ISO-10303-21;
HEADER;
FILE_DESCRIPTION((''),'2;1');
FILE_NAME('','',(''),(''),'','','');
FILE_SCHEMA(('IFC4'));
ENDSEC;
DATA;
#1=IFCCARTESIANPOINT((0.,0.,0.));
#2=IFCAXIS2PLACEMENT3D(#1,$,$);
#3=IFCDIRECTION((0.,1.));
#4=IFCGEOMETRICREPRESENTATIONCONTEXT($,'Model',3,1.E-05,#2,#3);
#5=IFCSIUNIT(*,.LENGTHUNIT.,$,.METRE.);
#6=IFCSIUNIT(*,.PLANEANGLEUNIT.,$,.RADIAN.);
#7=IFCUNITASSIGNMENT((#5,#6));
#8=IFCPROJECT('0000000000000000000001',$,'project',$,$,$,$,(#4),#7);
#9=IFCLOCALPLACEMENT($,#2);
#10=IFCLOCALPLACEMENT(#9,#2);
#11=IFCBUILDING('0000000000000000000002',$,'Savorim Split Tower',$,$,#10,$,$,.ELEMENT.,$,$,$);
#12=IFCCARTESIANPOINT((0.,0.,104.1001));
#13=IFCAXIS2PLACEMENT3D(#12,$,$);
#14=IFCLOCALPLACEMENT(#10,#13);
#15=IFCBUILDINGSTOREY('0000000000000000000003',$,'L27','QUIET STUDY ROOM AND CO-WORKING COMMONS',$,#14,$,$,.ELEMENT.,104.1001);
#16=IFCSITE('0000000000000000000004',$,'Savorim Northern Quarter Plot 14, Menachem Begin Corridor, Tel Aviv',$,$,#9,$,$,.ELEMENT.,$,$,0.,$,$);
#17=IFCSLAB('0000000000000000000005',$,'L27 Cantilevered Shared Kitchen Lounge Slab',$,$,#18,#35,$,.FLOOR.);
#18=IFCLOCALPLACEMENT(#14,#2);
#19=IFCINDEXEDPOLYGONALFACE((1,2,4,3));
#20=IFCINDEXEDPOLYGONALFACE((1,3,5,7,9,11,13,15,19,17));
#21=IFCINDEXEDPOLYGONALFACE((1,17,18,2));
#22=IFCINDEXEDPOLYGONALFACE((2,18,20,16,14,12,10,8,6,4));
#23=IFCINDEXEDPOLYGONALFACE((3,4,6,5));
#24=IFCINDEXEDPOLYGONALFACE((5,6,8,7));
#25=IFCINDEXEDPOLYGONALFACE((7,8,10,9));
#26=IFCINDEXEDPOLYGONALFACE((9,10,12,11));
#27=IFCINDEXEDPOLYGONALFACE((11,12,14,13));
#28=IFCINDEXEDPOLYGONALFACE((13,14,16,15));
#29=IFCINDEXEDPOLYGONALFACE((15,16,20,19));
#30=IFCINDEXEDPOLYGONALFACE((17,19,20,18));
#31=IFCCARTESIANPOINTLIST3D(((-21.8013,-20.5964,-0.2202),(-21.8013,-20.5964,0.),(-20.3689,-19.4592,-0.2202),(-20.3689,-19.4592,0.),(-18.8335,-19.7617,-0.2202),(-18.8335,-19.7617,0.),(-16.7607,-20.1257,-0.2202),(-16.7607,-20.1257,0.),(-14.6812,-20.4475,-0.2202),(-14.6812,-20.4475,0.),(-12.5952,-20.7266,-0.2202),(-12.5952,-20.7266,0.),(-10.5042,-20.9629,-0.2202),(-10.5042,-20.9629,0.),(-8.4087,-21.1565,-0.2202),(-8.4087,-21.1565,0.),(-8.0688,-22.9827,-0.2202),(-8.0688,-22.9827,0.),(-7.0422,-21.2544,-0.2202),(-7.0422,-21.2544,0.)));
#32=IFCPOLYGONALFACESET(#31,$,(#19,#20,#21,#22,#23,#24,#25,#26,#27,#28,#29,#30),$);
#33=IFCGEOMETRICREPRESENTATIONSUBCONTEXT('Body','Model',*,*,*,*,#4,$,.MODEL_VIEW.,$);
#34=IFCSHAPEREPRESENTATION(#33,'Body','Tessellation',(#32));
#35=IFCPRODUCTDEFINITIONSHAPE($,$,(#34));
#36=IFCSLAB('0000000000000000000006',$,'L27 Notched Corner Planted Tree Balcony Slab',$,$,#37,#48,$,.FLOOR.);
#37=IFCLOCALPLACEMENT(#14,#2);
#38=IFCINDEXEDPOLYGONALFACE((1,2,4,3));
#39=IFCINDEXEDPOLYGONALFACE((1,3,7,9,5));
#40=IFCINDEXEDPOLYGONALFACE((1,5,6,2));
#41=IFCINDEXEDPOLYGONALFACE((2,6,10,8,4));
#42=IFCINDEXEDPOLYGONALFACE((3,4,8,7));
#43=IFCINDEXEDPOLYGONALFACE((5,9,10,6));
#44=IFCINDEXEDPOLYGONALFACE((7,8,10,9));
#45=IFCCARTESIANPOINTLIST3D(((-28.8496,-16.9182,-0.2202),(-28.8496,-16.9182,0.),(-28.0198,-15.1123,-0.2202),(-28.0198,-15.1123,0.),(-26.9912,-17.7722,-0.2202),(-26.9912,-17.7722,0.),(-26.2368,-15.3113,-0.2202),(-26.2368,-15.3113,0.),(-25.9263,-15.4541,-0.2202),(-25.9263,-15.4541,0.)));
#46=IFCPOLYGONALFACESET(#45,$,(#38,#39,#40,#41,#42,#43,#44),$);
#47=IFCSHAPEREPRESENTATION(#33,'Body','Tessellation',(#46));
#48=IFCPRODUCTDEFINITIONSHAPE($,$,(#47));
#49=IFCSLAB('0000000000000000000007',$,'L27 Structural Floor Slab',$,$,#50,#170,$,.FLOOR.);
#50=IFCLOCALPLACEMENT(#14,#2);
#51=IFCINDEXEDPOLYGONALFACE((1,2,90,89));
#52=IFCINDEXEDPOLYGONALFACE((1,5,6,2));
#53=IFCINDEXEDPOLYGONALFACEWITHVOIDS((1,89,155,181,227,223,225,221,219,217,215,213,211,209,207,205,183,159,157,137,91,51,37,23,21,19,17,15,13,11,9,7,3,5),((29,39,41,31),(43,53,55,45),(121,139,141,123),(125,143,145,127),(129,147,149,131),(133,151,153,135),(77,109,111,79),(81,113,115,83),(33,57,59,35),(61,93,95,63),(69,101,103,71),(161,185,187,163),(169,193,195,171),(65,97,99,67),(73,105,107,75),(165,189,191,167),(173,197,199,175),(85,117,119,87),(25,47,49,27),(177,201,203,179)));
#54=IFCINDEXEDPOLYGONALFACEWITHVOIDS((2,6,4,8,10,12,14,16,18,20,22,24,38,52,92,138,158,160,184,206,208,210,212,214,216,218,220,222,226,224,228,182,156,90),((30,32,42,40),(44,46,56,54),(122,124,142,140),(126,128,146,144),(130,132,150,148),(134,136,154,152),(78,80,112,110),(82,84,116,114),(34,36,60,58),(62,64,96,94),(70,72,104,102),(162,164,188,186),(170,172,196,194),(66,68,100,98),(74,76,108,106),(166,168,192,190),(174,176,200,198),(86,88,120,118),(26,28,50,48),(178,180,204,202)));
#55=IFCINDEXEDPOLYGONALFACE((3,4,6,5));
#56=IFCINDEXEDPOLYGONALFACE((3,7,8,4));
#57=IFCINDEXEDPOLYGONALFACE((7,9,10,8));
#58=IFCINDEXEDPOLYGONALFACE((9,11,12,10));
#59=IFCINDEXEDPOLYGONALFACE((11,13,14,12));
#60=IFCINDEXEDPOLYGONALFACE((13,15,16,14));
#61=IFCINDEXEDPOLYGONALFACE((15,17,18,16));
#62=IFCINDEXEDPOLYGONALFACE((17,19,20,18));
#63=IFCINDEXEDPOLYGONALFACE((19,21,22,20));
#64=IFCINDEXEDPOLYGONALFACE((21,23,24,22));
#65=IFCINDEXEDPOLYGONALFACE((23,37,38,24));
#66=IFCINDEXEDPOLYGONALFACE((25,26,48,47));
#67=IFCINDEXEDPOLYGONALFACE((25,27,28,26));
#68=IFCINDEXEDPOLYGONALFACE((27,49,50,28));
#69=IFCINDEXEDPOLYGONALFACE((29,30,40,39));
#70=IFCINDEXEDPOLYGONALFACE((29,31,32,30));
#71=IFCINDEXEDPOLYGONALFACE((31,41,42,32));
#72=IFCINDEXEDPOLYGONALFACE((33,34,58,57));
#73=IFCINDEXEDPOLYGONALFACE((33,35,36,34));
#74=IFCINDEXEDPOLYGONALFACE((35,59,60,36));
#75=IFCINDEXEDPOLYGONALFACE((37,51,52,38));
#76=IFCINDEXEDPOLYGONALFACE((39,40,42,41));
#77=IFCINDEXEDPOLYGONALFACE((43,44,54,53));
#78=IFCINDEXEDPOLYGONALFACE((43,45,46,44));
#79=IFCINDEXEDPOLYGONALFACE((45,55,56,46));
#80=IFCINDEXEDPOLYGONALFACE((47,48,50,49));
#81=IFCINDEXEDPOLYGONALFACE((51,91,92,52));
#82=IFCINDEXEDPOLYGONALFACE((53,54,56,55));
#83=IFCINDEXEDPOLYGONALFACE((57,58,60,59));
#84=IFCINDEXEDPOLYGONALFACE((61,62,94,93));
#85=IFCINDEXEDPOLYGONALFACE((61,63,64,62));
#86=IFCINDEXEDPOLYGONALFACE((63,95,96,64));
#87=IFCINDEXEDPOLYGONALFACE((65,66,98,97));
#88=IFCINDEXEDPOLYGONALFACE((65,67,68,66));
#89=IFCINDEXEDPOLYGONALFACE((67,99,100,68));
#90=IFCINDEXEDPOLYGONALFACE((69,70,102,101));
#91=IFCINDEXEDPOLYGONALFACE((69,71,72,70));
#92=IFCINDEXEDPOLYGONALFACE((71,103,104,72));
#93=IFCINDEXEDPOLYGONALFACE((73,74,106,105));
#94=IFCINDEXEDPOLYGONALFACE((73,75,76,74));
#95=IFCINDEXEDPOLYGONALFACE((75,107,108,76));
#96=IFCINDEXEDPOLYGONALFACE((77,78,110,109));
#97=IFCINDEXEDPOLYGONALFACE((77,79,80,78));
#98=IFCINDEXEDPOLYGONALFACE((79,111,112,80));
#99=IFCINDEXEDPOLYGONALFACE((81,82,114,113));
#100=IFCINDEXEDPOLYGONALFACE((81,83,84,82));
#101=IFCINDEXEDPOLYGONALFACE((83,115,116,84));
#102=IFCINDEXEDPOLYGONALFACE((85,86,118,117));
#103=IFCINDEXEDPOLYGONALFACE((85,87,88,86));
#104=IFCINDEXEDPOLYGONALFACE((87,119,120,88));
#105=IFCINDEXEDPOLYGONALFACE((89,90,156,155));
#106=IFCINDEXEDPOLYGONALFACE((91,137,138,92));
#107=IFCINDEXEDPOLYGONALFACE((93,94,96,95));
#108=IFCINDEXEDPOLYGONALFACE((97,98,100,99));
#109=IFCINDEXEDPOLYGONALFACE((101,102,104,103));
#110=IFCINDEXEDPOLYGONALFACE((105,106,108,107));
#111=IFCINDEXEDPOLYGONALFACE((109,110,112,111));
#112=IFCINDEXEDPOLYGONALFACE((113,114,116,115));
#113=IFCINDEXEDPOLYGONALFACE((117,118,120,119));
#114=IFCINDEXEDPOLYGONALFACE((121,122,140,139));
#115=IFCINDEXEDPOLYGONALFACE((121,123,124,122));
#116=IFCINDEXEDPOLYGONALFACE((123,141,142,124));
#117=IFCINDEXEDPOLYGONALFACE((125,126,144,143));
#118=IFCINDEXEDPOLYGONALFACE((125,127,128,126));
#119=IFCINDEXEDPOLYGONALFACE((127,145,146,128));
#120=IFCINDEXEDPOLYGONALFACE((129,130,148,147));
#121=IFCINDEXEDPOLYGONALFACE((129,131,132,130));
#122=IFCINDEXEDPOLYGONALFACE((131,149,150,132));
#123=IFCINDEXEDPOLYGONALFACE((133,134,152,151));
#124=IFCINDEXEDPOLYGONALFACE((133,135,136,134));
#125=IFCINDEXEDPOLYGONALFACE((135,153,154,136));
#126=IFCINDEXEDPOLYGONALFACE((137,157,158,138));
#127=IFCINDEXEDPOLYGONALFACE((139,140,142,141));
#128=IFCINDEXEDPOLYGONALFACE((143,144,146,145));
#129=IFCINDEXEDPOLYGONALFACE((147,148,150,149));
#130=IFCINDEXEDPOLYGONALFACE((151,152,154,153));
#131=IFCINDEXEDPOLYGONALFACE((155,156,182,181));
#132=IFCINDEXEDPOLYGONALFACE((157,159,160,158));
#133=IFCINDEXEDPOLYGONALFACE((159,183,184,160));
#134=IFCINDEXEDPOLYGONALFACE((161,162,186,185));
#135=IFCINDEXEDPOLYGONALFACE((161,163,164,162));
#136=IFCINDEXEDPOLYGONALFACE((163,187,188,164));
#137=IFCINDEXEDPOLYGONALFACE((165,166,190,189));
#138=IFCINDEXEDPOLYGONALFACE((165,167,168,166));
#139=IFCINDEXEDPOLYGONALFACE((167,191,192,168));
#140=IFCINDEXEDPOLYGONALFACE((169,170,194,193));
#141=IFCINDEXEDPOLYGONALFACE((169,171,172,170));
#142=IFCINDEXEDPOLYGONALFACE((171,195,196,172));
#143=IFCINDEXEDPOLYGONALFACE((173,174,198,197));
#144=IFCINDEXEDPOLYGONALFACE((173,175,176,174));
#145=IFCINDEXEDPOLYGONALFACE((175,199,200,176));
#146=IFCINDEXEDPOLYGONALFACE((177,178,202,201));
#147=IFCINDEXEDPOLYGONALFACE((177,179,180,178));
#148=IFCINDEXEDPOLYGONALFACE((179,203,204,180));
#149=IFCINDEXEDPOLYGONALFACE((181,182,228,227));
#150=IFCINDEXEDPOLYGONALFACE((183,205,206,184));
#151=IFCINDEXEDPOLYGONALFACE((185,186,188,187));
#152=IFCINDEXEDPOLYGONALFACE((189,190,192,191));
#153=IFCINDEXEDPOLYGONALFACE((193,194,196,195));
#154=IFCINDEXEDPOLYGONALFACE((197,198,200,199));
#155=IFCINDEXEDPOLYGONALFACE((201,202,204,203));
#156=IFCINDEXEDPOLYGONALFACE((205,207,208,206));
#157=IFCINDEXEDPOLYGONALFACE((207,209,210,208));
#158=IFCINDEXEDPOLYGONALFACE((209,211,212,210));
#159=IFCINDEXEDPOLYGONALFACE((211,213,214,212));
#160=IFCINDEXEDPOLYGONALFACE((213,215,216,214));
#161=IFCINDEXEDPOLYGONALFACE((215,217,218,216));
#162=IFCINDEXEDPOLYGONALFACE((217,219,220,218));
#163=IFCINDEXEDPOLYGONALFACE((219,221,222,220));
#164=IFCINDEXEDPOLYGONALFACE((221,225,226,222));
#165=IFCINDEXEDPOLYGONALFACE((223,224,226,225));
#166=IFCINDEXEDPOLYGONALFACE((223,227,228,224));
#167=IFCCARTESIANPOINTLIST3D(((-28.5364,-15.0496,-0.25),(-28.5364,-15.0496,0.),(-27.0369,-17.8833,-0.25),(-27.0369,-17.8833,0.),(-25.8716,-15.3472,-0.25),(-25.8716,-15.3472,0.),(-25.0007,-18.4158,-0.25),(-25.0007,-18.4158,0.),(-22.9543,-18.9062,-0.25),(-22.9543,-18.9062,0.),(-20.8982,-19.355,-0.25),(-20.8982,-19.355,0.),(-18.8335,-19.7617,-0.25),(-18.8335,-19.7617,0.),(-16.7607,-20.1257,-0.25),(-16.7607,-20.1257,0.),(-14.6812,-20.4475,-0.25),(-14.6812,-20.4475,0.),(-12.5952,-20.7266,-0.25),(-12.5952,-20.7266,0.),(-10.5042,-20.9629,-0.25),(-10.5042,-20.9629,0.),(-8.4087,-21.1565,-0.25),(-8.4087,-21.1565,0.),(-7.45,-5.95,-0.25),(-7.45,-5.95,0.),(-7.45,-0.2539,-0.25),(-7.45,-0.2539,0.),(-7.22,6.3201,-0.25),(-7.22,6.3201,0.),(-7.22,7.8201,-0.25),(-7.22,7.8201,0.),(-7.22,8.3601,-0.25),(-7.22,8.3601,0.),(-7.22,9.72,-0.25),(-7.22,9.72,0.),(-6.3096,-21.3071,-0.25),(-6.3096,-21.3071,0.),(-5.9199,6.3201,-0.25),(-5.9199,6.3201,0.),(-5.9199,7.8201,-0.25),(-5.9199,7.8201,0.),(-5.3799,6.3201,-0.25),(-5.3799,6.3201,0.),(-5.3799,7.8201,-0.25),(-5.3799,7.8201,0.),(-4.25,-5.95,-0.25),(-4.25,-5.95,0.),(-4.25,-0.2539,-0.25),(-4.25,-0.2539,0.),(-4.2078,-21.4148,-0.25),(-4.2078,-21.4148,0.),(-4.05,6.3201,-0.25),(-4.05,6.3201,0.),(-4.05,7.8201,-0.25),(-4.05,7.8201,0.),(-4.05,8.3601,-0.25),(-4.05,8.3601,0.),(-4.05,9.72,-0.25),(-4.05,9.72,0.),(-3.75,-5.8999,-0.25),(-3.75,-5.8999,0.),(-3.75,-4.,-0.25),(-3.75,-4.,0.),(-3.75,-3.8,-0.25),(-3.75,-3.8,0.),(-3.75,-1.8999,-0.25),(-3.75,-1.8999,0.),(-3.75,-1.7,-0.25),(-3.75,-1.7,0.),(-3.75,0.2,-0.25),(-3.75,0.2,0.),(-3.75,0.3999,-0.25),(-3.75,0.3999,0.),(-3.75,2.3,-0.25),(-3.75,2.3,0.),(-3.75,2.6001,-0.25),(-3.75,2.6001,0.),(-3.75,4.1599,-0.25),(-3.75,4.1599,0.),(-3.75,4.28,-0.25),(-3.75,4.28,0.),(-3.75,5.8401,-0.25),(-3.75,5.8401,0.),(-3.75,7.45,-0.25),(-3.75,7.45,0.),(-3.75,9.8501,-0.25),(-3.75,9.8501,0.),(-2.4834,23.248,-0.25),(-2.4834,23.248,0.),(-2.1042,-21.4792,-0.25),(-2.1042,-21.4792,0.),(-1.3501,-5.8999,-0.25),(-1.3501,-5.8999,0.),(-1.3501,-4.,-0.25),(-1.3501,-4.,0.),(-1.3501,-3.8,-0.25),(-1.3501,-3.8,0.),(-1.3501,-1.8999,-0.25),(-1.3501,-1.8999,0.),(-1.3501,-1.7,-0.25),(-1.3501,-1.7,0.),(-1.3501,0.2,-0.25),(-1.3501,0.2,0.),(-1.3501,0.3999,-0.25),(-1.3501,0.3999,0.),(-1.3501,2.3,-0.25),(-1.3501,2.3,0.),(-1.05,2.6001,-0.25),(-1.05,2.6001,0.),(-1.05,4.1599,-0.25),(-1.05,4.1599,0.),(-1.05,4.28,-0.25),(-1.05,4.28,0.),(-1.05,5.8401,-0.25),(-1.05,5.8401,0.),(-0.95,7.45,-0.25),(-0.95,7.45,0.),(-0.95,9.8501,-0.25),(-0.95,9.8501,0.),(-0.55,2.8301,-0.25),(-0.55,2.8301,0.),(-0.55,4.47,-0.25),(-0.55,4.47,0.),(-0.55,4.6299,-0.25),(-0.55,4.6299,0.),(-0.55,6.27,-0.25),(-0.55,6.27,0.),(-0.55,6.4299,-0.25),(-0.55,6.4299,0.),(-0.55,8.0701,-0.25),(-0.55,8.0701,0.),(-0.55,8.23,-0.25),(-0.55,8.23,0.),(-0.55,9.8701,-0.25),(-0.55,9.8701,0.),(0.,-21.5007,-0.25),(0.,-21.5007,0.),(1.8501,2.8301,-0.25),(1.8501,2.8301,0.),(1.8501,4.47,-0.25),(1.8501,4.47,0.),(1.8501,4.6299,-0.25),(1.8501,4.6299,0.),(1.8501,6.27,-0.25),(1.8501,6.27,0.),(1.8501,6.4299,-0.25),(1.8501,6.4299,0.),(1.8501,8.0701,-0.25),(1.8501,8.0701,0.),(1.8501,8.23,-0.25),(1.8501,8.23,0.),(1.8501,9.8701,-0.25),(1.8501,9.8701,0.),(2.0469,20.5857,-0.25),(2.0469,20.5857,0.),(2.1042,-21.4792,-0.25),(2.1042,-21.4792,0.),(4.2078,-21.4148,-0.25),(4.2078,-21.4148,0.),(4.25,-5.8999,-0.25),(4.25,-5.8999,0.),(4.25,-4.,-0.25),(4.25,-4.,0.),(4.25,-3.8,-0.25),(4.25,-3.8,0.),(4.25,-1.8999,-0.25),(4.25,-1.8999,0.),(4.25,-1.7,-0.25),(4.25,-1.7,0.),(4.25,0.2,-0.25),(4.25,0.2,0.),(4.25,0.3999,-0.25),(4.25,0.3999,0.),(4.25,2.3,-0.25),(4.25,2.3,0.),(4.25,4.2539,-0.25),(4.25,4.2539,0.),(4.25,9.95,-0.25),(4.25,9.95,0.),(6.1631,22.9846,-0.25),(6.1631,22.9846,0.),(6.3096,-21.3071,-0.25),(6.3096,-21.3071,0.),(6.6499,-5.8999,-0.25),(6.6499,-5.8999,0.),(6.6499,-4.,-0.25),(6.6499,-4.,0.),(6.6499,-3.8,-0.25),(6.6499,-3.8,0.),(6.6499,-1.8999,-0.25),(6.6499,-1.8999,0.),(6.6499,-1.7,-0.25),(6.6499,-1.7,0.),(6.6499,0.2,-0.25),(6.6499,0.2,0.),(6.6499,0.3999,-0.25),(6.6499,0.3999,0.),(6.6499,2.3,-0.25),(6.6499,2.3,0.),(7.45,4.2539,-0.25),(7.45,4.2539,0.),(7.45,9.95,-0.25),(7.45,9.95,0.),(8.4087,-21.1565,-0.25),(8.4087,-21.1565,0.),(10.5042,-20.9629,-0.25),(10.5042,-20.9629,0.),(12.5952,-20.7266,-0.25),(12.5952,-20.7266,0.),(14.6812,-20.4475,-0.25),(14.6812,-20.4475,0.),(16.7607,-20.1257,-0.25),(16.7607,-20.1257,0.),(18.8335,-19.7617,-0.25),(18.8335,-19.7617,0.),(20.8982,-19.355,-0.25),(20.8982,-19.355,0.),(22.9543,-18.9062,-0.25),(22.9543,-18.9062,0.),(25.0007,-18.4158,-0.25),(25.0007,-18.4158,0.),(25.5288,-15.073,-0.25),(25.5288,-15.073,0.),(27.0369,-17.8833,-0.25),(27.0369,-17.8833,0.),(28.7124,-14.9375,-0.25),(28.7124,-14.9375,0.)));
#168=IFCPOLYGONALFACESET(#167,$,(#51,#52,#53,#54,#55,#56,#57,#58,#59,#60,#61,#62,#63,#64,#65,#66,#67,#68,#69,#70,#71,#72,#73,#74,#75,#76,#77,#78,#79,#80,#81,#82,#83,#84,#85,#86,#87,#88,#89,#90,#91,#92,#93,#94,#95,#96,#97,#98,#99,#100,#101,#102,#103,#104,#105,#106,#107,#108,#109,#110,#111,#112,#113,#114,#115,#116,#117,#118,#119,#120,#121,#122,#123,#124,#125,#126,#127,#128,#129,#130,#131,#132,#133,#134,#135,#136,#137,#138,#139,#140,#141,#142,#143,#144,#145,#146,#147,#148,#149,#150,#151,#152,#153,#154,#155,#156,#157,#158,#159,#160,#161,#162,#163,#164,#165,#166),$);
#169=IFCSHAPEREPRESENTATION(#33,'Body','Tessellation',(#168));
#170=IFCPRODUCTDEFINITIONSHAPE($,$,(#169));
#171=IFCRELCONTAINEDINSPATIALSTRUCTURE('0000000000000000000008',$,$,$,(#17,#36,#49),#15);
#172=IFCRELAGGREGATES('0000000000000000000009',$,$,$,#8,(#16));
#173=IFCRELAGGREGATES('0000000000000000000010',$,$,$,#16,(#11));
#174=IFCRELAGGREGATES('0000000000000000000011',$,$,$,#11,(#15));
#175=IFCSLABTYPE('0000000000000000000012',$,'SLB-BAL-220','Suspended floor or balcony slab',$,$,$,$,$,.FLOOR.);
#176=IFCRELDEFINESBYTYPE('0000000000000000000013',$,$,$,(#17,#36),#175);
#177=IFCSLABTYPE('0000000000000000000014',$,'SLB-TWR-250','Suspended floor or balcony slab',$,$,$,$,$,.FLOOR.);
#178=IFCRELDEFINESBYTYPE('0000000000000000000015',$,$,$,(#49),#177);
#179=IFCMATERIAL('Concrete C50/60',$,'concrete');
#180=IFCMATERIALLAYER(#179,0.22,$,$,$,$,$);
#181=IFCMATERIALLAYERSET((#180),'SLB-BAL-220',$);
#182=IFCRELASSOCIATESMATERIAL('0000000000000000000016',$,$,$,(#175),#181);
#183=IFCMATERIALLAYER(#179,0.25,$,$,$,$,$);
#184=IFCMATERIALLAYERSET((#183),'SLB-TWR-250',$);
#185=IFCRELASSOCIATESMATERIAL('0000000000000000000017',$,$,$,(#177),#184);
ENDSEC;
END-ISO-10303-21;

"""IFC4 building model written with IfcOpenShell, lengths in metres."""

from ifc_helpers import new_model, si_unit, direction, frame, origin, place, context, subcontext, project, spatial, polyline, outline, extrude, material, layer, layer_set, type_object, element, save


model = new_model("IFC4")

# Units and contexts
model_context = context("Model", 3, precision=1e-05, world=origin(), true_north=direction((0.0, 1.0)))
body_context = subcontext(model_context, "Body", "Model", "MODEL_VIEW")
ifc_project = project(units=[si_unit("LENGTHUNIT", "METRE"), si_unit("PLANEANGLEUNIT", "RADIAN")], contexts=[model_context])

# Site, building, storey
site_placement = place(None, origin())
site = spatial("IfcSite", under=ifc_project, at=site_placement, Name="Savorim Northern Quarter Plot 14, Menachem Begin Corridor, Tel Aviv", CompositionType="ELEMENT", RefElevation=0.0)
building_placement = place(site_placement, origin())
building = spatial("IfcBuilding", under=site, at=building_placement, Name="Savorim Split Tower", CompositionType="ELEMENT")
storey_placement = place(building_placement, frame((0.0, 0.0, 104.1001)))
storey = spatial("IfcBuildingStorey", under=building, at=storey_placement, Name="L27", Description="QUIET STUDY ROOM AND CO-WORKING COMMONS", CompositionType="ELEMENT", Elevation=104.1001)

# Slabs
ifc_material_1 = material(Name="Concrete C50/60", Category="concrete")
ifc_layer_1 = layer(ifc_material_1, 0.22)
ifc_layer_set_1 = layer_set([ifc_layer_1], Name="SLB-BAL-220")
slab_type_1 = type_object("IfcSlabType", Name="SLB-BAL-220", Description="Suspended floor or balcony slab", PredefinedType="FLOOR", material=ifc_layer_set_1)
slab_1_placement = place(storey_placement, frame((0.0, 0.0, -0.2202)))
element("IfcSlab", 1, at=slab_1_placement, inside=storey, type_object=slab_type_1, Name="L27 Cantilevered Shared Kitchen Lounge Slab", PredefinedType="FLOOR", context=body_context, shape_type="SweptSolid", body=[
    extrude(outline(polyline([(-7.0422, -21.2544), (-8.4087, -21.1565), (-10.5042, -20.9629), (-12.5952, -20.7266), (-14.6812, -20.4475), (-16.7607, -20.1257), (-18.8335, -19.7617), (-20.3689, -19.4592), (-21.8013, -20.5964), (-8.0688, -22.9827), (-7.0422, -21.2544)])), origin(), (0.0, 0.0, 1.0), 0.2202),
])
slab_2_placement = place(storey_placement, frame((0.0, 0.0, -0.2202)))
element("IfcSlab", 2, at=slab_2_placement, inside=storey, type_object=slab_type_1, Name="L27 Notched Corner Planted Tree Balcony Slab", PredefinedType="FLOOR", context=body_context, shape_type="SweptSolid", body=[
    extrude(outline(polyline([(-26.9912, -17.7722), (-25.9263, -15.4541), (-26.2368, -15.3113), (-28.0198, -15.1123), (-28.8496, -16.9182), (-26.9912, -17.7722)])), origin(), (0.0, 0.0, 1.0), 0.2202),
])
ifc_layer_2 = layer(ifc_material_1, 0.25)
ifc_layer_set_2 = layer_set([ifc_layer_2], Name="SLB-TWR-250")
slab_type_2 = type_object("IfcSlabType", Name="SLB-TWR-250", Description="Suspended floor or balcony slab", PredefinedType="FLOOR", material=ifc_layer_set_2)
slab_3_placement = place(storey_placement, frame((0.0, 0.0, -0.25)))
element("IfcSlab", 3, at=slab_3_placement, inside=storey, type_object=slab_type_2, Name="L27 Structural Floor Slab", PredefinedType="FLOOR", context=body_context, shape_type="SweptSolid", body=[
    extrude(outline(polyline([(-27.0369, -17.8833), (-25.0007, -18.4158), (-22.9543, -18.9062), (-20.8982, -19.355), (-18.8335, -19.7617), (-16.7607, -20.1257), (-14.6812, -20.4475), (-12.5952, -20.7266), (-10.5042, -20.9629), (-8.4087, -21.1565), (-6.3096, -21.3071), (-4.2078, -21.4148), (-2.1042, -21.4792), (0.0, -21.5007), (2.1042, -21.4792), (4.2078, -21.4148), (6.3096, -21.3071), (8.4087, -21.1565), (10.5042, -20.9629), (12.5952, -20.7266), (14.6812, -20.4475), (16.7607, -20.1257), (18.8335, -19.7617), (20.8982, -19.355), (22.9543, -18.9062), (25.0007, -18.4158), (27.0369, -17.8833), (25.5288, -15.073), (28.7124, -14.9375), (6.1631, 22.9846), (2.0469, 20.5857), (-2.4834, 23.248), (-28.5364, -15.0496), (-25.8716, -15.3472), (-27.0369, -17.8833)]), holes=[polyline([(-7.45, -0.2539), (-7.45, -5.95), (-4.25, -5.95), (-4.25, -0.2539), (-7.45, -0.2539)]), polyline([(7.45, 4.2539), (7.45, 9.95), (4.25, 9.95), (4.25, 4.2539), (7.45, 4.2539)]), polyline([(4.25, -5.8999), (6.6499, -5.8999), (6.6499, -4.0), (4.25, -4.0), (4.25, -5.8999)]), polyline([(4.25, -3.8), (6.6499, -3.8), (6.6499, -1.8999), (4.25, -1.8999), (4.25, -3.8)]), polyline([(4.25, -1.7), (6.6499, -1.7), (6.6499, 0.2), (4.25, 0.2), (4.25, -1.7)]), polyline([(4.25, 0.3999), (6.6499, 0.3999), (6.6499, 2.3), (4.25, 2.3), (4.25, 0.3999)]), polyline([(-3.75, -5.8999), (-1.3501, -5.8999), (-1.3501, -4.0), (-3.75, -4.0), (-3.75, -5.8999)]), polyline([(-3.75, -3.8), (-1.3501, -3.8), (-1.3501, -1.8999), (-3.75, -1.8999), (-3.75, -3.8)]), polyline([(-3.75, -1.7), (-1.3501, -1.7), (-1.3501, 0.2), (-3.75, 0.2), (-3.75, -1.7)]), polyline([(-3.75, 0.3999), (-1.3501, 0.3999), (-1.3501, 2.3), (-3.75, 2.3), (-3.75, 0.3999)]), polyline([(-0.55, 2.8301), (1.8501, 2.8301), (1.8501, 4.47), (-0.55, 4.47), (-0.55, 2.8301)]), polyline([(-0.55, 4.6299), (1.8501, 4.6299), (1.8501, 6.27), (-0.55, 6.27), (-0.55, 4.6299)]), polyline([(-0.55, 6.4299), (1.8501, 6.4299), (1.8501, 8.0701), (-0.55, 8.0701), (-0.55, 6.4299)]), polyline([(-0.55, 8.23), (1.8501, 8.23), (1.8501, 9.8701), (-0.55, 9.8701), (-0.55, 8.23)]), polyline([(-3.75, 2.6001), (-1.05, 2.6001), (-1.05, 4.1599), (-3.75, 4.1599), (-3.75, 2.6001)]), polyline([(-3.75, 4.28), (-1.05, 4.28), (-1.05, 5.8401), (-3.75, 5.8401), (-3.75, 4.28)]), polyline([(-3.75, 7.45), (-0.95, 7.45), (-0.95, 9.8501), (-3.75, 9.8501), (-3.75, 7.45)]), polyline([(-7.22, 6.3201), (-5.9199, 6.3201), (-5.9199, 7.8201), (-7.22, 7.8201), (-7.22, 6.3201)]), polyline([(-5.3799, 6.3201), (-4.05, 6.3201), (-4.05, 7.8201), (-5.3799, 7.8201), (-5.3799, 6.3201)]), polyline([(-7.22, 8.3601), (-4.05, 8.3601), (-4.05, 9.72), (-7.22, 9.72), (-7.22, 8.3601)])]), origin(), (0.0, 0.0, 1.0), 0.25),
])

save(model, "model.ifc")
